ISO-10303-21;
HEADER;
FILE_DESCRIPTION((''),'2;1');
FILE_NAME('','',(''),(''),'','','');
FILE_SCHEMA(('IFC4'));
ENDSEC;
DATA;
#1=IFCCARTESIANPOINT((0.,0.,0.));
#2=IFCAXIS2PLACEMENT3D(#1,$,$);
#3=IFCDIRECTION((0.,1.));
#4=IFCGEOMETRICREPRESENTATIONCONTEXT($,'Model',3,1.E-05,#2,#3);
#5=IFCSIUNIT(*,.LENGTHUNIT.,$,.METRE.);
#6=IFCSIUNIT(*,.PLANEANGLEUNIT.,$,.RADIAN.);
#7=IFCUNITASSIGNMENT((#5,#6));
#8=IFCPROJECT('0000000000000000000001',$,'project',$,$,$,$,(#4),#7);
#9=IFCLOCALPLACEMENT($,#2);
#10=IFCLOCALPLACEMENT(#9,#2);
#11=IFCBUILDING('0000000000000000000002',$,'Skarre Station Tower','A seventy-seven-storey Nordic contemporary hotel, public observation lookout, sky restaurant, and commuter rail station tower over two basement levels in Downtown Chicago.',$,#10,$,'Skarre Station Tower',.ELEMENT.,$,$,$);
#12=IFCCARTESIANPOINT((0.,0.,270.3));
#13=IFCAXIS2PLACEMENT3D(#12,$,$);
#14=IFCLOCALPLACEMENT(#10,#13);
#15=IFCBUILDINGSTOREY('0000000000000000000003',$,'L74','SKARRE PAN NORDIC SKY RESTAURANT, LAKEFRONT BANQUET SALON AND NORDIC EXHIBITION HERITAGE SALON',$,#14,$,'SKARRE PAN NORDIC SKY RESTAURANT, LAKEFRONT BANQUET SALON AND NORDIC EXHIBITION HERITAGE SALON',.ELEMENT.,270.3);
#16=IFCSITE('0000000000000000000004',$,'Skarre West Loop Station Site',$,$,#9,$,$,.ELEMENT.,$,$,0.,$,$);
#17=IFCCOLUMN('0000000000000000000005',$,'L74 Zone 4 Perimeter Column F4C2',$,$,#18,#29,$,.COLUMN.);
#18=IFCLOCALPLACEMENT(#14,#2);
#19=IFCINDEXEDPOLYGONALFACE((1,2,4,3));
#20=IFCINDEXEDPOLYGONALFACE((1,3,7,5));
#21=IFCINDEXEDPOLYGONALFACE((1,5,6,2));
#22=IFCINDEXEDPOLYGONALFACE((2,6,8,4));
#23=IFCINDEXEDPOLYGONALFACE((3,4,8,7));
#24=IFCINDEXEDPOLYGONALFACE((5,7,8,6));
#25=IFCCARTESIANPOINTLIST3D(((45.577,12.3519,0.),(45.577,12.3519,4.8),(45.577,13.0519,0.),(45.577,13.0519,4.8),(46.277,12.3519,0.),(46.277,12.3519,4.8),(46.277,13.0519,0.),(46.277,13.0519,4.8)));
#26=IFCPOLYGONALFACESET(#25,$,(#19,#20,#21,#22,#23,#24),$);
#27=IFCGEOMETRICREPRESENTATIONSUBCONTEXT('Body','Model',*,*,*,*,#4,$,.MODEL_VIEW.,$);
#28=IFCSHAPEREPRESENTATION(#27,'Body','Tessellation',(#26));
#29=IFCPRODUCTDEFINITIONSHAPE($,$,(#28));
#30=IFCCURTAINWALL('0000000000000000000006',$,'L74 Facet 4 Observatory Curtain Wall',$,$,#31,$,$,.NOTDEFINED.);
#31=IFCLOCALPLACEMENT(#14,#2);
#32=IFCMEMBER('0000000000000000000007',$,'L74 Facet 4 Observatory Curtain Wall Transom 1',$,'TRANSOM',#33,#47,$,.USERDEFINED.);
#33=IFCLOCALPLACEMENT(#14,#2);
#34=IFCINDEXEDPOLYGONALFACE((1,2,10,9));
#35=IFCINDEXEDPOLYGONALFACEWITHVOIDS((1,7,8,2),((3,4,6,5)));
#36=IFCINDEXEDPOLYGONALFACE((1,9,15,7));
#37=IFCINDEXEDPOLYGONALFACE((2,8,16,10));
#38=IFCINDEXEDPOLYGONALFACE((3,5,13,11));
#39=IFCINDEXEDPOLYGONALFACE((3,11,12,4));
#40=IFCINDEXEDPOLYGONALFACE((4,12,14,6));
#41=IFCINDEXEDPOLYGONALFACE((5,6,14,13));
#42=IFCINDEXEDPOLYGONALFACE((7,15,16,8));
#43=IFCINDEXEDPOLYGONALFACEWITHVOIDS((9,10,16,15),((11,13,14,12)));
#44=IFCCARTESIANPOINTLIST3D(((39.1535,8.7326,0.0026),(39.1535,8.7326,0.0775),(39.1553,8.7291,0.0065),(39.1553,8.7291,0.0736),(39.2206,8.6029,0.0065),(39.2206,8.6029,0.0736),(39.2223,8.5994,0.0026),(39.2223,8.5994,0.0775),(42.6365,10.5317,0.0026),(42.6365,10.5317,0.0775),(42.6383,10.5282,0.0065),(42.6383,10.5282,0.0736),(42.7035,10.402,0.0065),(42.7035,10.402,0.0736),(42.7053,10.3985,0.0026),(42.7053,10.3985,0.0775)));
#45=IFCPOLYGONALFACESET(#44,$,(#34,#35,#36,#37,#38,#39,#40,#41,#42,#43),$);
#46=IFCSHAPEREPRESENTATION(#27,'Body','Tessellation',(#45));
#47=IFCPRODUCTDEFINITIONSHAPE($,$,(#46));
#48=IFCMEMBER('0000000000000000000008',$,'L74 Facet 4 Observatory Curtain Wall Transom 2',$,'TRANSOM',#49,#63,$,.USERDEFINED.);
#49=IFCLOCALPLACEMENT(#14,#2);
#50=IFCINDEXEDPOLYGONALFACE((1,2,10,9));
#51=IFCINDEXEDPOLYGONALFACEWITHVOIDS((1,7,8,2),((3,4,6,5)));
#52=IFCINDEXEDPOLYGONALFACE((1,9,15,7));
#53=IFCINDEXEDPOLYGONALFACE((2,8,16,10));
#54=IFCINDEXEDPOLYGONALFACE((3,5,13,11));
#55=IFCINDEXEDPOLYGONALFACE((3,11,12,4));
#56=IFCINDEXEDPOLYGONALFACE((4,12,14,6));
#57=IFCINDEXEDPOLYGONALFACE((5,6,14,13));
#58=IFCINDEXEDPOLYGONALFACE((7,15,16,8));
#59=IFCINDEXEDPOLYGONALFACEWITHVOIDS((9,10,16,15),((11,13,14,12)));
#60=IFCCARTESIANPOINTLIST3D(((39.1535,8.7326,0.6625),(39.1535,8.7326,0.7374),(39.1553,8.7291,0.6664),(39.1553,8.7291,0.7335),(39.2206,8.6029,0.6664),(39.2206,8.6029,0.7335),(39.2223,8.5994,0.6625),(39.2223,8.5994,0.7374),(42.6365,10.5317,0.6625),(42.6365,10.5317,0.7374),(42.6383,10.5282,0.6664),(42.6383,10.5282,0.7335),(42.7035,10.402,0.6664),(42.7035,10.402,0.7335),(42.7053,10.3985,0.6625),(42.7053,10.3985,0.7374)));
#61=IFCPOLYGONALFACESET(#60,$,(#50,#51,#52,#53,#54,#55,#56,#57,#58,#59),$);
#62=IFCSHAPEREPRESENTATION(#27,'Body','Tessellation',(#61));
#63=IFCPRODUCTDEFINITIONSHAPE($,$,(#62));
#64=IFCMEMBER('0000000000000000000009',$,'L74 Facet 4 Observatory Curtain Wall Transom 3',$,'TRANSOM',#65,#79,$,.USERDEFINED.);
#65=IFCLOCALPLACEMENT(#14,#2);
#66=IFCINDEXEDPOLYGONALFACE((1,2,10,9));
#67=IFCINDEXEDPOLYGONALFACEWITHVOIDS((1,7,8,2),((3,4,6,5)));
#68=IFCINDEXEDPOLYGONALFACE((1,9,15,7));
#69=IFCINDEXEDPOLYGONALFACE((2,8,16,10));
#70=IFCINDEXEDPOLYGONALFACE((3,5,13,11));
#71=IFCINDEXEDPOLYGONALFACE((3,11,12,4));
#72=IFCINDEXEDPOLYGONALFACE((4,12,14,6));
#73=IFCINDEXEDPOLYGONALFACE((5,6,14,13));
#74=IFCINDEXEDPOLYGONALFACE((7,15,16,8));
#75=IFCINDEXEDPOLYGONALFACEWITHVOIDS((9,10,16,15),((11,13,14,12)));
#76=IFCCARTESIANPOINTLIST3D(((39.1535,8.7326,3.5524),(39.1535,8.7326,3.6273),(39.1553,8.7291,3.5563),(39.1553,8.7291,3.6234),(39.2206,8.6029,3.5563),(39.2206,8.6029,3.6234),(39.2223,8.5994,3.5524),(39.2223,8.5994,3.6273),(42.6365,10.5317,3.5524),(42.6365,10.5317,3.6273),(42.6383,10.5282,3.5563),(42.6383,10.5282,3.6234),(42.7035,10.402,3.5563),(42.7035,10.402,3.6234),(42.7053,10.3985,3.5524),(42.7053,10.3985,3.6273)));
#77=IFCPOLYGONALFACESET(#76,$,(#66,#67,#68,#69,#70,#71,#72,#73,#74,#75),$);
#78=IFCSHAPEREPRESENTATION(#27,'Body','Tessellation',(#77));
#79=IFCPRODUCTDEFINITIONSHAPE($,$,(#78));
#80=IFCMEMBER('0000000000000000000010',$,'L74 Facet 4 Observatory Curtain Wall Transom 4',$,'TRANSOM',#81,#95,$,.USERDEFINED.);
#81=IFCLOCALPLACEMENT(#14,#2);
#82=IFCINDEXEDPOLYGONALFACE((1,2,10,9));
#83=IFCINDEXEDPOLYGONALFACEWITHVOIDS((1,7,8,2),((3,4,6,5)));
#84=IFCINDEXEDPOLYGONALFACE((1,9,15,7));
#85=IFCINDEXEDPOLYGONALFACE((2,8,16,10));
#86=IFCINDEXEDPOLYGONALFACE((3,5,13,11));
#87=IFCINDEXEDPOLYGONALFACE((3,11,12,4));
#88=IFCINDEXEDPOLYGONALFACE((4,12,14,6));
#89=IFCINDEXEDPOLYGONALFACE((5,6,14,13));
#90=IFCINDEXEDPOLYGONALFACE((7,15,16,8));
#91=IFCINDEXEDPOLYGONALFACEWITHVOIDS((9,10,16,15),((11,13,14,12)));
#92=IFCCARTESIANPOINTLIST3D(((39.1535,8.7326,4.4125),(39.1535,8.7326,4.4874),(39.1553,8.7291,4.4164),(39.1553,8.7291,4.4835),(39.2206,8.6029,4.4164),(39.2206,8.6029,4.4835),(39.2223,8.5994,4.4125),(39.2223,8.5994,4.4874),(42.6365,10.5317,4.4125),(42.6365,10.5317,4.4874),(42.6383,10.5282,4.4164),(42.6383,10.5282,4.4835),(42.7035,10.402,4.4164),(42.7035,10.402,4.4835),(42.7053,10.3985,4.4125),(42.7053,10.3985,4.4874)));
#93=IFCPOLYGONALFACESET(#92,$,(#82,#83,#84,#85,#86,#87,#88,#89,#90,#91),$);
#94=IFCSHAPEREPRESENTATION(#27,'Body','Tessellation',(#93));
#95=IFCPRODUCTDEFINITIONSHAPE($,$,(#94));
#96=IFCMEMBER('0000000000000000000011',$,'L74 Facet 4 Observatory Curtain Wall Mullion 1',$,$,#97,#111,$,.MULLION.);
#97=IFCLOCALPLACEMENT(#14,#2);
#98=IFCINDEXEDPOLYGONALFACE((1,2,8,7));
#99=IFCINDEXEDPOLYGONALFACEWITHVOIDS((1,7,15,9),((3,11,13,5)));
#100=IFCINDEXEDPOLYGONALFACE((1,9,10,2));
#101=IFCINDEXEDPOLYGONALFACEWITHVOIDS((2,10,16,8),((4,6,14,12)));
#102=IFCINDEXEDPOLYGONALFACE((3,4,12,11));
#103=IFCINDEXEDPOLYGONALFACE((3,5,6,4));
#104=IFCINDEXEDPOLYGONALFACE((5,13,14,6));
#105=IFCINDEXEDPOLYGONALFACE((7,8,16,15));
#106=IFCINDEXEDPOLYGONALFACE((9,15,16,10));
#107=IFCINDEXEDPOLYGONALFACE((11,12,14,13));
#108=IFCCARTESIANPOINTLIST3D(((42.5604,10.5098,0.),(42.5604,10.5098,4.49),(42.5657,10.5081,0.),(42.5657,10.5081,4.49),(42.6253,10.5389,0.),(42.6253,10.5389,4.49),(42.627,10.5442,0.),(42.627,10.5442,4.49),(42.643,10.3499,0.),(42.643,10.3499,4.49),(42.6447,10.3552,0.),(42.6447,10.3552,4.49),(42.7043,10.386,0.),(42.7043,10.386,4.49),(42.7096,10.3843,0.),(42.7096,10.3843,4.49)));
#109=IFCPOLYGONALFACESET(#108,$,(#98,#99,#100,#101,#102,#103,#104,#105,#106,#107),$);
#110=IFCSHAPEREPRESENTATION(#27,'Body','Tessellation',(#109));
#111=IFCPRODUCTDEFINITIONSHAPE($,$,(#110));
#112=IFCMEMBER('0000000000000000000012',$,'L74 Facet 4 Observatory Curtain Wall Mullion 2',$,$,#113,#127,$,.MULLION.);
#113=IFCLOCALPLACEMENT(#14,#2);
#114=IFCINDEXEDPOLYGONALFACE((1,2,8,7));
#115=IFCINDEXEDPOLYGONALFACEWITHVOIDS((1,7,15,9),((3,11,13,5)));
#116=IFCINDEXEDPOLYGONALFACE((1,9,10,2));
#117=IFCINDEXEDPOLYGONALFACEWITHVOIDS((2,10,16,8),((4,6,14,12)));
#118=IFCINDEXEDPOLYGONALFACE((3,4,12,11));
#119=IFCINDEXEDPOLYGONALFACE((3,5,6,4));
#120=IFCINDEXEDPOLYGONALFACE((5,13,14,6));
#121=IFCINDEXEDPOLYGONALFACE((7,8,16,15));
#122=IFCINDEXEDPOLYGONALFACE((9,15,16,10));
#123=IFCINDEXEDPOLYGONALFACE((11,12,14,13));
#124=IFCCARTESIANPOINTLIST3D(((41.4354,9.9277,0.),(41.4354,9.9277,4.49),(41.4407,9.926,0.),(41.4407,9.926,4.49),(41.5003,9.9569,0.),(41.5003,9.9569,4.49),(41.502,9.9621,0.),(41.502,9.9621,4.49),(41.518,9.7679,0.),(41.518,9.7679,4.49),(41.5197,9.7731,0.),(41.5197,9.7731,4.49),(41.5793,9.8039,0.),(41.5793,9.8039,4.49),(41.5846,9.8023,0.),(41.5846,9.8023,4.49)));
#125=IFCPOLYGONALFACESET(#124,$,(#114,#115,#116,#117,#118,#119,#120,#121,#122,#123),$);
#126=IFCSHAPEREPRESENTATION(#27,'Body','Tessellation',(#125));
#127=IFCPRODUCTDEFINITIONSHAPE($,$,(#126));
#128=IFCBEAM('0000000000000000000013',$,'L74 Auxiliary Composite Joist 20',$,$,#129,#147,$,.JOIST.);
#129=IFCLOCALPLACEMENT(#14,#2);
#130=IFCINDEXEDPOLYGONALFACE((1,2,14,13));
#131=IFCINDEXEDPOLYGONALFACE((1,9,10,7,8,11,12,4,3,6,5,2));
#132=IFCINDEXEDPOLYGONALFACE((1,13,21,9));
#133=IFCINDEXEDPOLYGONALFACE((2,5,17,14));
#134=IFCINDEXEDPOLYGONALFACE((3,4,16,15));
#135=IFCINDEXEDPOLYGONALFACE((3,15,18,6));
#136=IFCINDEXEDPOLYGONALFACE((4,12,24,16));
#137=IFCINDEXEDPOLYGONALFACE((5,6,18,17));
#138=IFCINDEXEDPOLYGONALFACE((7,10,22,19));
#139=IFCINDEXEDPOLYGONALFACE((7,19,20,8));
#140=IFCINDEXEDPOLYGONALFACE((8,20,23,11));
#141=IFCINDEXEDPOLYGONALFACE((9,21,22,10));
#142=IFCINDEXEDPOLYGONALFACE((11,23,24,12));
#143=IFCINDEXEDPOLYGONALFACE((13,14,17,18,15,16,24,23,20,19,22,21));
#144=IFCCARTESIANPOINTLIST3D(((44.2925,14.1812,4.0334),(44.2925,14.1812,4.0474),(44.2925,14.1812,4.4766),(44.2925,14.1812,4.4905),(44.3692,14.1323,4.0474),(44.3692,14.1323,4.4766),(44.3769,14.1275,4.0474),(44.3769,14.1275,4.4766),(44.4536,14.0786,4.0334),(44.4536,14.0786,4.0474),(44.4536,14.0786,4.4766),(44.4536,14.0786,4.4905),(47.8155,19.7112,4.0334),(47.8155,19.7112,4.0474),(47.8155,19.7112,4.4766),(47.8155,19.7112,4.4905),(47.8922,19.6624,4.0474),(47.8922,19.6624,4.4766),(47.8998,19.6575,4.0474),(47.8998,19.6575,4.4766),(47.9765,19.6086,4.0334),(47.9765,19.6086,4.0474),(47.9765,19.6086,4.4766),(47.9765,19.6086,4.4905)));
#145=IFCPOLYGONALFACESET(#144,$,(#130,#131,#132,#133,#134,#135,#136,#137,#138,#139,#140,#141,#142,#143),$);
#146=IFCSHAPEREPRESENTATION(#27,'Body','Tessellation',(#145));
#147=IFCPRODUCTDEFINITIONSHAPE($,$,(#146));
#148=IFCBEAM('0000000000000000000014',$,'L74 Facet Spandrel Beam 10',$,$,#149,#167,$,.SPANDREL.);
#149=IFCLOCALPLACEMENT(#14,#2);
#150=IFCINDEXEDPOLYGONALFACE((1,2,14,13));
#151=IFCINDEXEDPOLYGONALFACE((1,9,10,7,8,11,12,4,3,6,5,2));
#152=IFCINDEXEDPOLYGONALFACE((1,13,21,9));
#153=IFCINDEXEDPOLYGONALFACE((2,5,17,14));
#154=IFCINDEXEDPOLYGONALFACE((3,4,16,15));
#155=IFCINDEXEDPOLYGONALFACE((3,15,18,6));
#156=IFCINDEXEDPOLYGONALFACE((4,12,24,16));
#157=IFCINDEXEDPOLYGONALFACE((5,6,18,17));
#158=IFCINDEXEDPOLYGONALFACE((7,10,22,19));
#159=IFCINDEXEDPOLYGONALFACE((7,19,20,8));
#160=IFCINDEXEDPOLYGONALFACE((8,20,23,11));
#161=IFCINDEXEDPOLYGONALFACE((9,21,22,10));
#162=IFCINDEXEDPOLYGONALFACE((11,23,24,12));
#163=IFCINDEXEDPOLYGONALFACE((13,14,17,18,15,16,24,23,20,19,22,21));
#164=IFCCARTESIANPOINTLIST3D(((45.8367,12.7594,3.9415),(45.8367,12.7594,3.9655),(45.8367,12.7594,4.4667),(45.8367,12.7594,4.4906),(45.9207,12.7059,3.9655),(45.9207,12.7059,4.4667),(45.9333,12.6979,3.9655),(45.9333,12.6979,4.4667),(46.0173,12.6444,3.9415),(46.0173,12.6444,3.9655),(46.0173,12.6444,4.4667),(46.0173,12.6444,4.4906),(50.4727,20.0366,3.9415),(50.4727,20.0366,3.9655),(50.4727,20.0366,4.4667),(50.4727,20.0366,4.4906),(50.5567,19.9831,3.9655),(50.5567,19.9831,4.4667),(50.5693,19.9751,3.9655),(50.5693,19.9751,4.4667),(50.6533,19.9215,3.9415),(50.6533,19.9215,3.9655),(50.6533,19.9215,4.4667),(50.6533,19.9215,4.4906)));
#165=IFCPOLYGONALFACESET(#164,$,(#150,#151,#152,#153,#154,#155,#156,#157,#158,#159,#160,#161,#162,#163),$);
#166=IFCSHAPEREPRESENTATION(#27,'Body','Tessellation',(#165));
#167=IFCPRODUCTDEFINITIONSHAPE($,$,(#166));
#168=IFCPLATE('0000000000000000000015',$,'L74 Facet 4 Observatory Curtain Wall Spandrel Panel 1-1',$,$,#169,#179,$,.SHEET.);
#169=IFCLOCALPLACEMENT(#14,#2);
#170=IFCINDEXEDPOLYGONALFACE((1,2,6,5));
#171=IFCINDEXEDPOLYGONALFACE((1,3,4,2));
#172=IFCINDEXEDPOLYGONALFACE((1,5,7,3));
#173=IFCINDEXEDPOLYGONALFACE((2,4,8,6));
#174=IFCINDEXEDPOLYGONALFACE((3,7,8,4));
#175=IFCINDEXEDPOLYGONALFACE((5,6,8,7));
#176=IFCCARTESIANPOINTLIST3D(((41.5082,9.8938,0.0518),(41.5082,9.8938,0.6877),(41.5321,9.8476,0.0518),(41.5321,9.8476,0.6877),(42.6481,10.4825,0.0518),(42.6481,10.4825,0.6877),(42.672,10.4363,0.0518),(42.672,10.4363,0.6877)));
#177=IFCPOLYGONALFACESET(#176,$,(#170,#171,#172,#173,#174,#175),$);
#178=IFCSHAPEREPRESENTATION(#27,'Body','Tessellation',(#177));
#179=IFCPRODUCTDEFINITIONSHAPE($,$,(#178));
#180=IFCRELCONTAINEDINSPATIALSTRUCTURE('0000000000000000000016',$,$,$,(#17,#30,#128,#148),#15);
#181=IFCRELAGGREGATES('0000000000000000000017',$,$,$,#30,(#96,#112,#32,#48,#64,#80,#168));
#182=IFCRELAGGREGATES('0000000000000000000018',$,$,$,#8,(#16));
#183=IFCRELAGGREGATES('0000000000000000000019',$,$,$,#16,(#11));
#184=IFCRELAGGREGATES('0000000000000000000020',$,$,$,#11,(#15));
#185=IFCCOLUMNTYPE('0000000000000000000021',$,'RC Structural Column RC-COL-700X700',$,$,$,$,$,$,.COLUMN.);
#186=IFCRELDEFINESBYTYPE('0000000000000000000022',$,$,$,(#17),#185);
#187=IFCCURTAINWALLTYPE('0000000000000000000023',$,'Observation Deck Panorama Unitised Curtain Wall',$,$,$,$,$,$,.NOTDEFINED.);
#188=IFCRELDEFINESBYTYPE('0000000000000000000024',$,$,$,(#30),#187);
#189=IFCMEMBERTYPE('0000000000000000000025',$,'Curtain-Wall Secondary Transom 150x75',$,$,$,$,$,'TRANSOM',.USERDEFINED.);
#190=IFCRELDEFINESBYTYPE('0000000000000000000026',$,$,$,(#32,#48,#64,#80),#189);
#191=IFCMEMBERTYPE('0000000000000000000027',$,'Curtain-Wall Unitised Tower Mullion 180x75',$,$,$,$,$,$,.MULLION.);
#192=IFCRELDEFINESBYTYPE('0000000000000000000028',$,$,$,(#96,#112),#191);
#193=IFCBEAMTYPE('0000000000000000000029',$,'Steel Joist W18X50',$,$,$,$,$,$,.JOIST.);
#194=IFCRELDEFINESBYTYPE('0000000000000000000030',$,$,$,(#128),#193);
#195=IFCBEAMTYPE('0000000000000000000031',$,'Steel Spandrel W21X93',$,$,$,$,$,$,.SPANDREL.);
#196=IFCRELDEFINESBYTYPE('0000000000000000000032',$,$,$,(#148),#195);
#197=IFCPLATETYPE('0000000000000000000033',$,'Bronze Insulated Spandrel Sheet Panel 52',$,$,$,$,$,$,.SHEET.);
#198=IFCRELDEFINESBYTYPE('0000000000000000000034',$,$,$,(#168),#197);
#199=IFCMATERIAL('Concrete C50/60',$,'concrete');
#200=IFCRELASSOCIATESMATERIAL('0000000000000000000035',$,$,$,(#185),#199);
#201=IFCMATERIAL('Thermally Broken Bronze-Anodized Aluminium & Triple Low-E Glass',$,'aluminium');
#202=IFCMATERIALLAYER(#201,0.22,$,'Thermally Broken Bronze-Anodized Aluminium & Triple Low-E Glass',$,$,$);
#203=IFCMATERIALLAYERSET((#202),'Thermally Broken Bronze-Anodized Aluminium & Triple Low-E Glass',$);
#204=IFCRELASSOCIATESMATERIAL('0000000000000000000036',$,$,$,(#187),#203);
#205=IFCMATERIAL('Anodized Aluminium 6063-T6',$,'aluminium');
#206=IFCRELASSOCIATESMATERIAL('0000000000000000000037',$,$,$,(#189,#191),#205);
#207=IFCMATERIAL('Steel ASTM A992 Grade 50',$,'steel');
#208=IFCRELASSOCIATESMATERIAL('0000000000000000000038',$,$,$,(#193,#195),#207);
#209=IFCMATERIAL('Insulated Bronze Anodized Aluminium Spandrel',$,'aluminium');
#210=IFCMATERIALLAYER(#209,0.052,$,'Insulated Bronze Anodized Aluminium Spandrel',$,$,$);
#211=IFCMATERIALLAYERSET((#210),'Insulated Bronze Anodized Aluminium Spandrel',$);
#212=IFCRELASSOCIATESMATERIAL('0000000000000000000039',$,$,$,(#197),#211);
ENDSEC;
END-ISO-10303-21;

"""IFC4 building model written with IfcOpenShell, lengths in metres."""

from ifc_helpers import new_model, si_unit, direction, frame, origin, origin_2d, place, context, subcontext, project, spatial, rectangle, hollow_rectangle, i_section, extrude, material, layer, layer_set, material_profile, profile_set, type_object, element, aggregate, save


model = new_model("IFC4")

# Units and contexts
model_context = context("Model", 3, precision=1e-05, world=origin(), true_north=direction((0.0, 1.0)))
body_context = subcontext(model_context, "Body", "Model", "MODEL_VIEW")
ifc_project = project(units=[si_unit("LENGTHUNIT", "METRE"), si_unit("PLANEANGLEUNIT", "RADIAN")], contexts=[model_context])

# Site, building, storey
site_placement = place(None, origin())
site = spatial("IfcSite", under=ifc_project, at=site_placement, Name="Skarre West Loop Station Site", CompositionType="ELEMENT", RefElevation=0.0)
building_placement = place(site_placement, origin())
building = spatial("IfcBuilding", under=site, at=building_placement, Name="Skarre Station Tower", Description="A seventy-seven-storey Nordic contemporary hotel, public observation lookout, sky restaurant, and commuter rail station tower over two basement levels in Downtown Chicago.", LongName="Skarre Station Tower", CompositionType="ELEMENT")
storey_placement = place(building_placement, frame((0.0, 0.0, 270.3)))
storey = spatial("IfcBuildingStorey", under=building, at=storey_placement, Name="L74", Description="SKARRE PAN NORDIC SKY RESTAURANT, LAKEFRONT BANQUET SALON AND NORDIC EXHIBITION HERITAGE SALON", LongName="SKARRE PAN NORDIC SKY RESTAURANT, LAKEFRONT BANQUET SALON AND NORDIC EXHIBITION HERITAGE SALON", CompositionType="ELEMENT", Elevation=270.3)

# Column
ifc_material_1 = material(Name="Concrete C50/60", Category="concrete")
ifc_material_profile_1 = material_profile(ifc_material_1, rectangle(XDim=0.7, YDim=0.7, at=origin_2d()), Name="Concrete C50/60")
ifc_profile_set_1 = profile_set([ifc_material_profile_1], Name="Concrete C50/60")
column_type = type_object("IfcColumnType", Name="RC Structural Column RC-COL-700X700", PredefinedType="COLUMN", material=ifc_profile_set_1)
column_placement = place(storey_placement, frame((45.927, 12.7019, 0.0), z_axis=(0.0, 0.0, 1.0), x_axis=(1.0, 0.0, 0.0)))
element("IfcColumn", 1, at=column_placement, inside=storey, type_object=column_type, Name="L74 Zone 4 Perimeter Column F4C2", PredefinedType="COLUMN", context=body_context, shape_type="SweptSolid", body=[
    extrude(rectangle(XDim=0.7, YDim=0.7, at=origin_2d()), origin(), (0.0, 0.0, 1.0), 4.8),
])

# Curtain wall, members
ifc_material_2 = material(Name="Thermally Broken Bronze-Anodized Aluminium & Triple Low-E Glass", Category="aluminium")
ifc_layer_1 = layer(ifc_material_2, 0.22, Name="Thermally Broken Bronze-Anodized Aluminium & Triple Low-E Glass")
ifc_layer_set_1 = layer_set([ifc_layer_1], Name="Thermally Broken Bronze-Anodized Aluminium & Triple Low-E Glass")
curtain_wall_type = type_object("IfcCurtainWallType", Name="Observation Deck Panorama Unitised Curtain Wall", PredefinedType="NOTDEFINED", material=ifc_layer_set_1)
curtain_wall_placement = place(storey_placement, origin())
curtain_wall = element("IfcCurtainWall", 2, at=curtain_wall_placement, inside=storey, type_object=curtain_wall_type, Name="L74 Facet 4 Observatory Curtain Wall", PredefinedType="NOTDEFINED")
ifc_material_3 = material(Name="Anodized Aluminium 6063-T6", Category="aluminium")
ifc_material_profile_2 = material_profile(ifc_material_3, hollow_rectangle(XDim=0.075, YDim=0.1499, WallThickness=0.0039, at=origin_2d()), Name="Anodized Aluminium 6063-T6")
ifc_profile_set_2 = profile_set([ifc_material_profile_2], Name="Anodized Aluminium 6063-T6")
member_type_1 = type_object("IfcMemberType", Name="Curtain-Wall Secondary Transom 150x75", ElementType="TRANSOM", PredefinedType="USERDEFINED", material=ifc_profile_set_2)
member_1_placement = place(storey_placement, frame((42.6709, 10.4651, 0.04), z_axis=(-0.888471, -0.458933, 0.0), x_axis=(0.0, 0.0, 1.0)))
member_1 = element("IfcMember", 3, at=member_1_placement, type_object=member_type_1, Name="L74 Facet 4 Observatory Curtain Wall Transom 1", ObjectType="TRANSOM", PredefinedType="USERDEFINED", context=body_context, shape_type="SweptSolid", body=[
    extrude(hollow_rectangle(XDim=0.075, YDim=0.1499, WallThickness=0.0039, at=origin_2d()), origin(), (0.0, 0.0, 1.0), 3.9202),
])
member_2_placement = place(storey_placement, frame((42.6709, 10.4651, 0.7), z_axis=(-0.888471, -0.458933, 0.0), x_axis=(0.0, 0.0, 1.0)))
member_2 = element("IfcMember", 4, at=member_2_placement, type_object=member_type_1, Name="L74 Facet 4 Observatory Curtain Wall Transom 2", ObjectType="TRANSOM", PredefinedType="USERDEFINED", context=body_context, shape_type="SweptSolid", body=[
    extrude(hollow_rectangle(XDim=0.075, YDim=0.1499, WallThickness=0.0039, at=origin_2d()), origin(), (0.0, 0.0, 1.0), 3.9202),
])
member_3_placement = place(storey_placement, frame((42.6709, 10.4651, 3.5898), z_axis=(-0.888471, -0.458933, 0.0), x_axis=(0.0, 0.0, 1.0)))
member_3 = element("IfcMember", 5, at=member_3_placement, type_object=member_type_1, Name="L74 Facet 4 Observatory Curtain Wall Transom 3", ObjectType="TRANSOM", PredefinedType="USERDEFINED", context=body_context, shape_type="SweptSolid", body=[
    extrude(hollow_rectangle(XDim=0.075, YDim=0.1499, WallThickness=0.0039, at=origin_2d()), origin(), (0.0, 0.0, 1.0), 3.9202),
])
member_4_placement = place(storey_placement, frame((42.6709, 10.4651, 4.45), z_axis=(-0.888471, -0.458933, 0.0), x_axis=(0.0, 0.0, 1.0)))
member_4 = element("IfcMember", 6, at=member_4_placement, type_object=member_type_1, Name="L74 Facet 4 Observatory Curtain Wall Transom 4", ObjectType="TRANSOM", PredefinedType="USERDEFINED", context=body_context, shape_type="SweptSolid", body=[
    extrude(hollow_rectangle(XDim=0.075, YDim=0.1499, WallThickness=0.0039, at=origin_2d()), origin(), (0.0, 0.0, 1.0), 3.9202),
])
ifc_material_profile_3 = material_profile(ifc_material_3, hollow_rectangle(XDim=0.075, YDim=0.1799, WallThickness=0.0039, at=origin_2d()), Name="Anodized Aluminium 6063-T6")
ifc_profile_set_3 = profile_set([ifc_material_profile_3], Name="Anodized Aluminium 6063-T6")
member_type_2 = type_object("IfcMemberType", Name="Curtain-Wall Unitised Tower Mullion 180x75", PredefinedType="MULLION", material=ifc_profile_set_3)
member_5_placement = place(storey_placement, frame((42.635, 10.447, 0.0), z_axis=(0.0, 0.0, 1.0), x_axis=(-0.888481, -0.458913, 0.0)))
member_5 = element("IfcMember", 7, at=member_5_placement, type_object=member_type_2, Name="L74 Facet 4 Observatory Curtain Wall Mullion 1", PredefinedType="MULLION", context=body_context, shape_type="SweptSolid", body=[
    extrude(hollow_rectangle(XDim=0.075, YDim=0.1799, WallThickness=0.0039, at=origin_2d()), origin(), (0.0, 0.0, 1.0), 4.49),
])
member_6_placement = place(storey_placement, frame((41.51, 9.865, 0.0), z_axis=(0.0, 0.0, 1.0), x_axis=(-0.888481, -0.458913, 0.0)))
member_6 = element("IfcMember", 8, at=member_6_placement, type_object=member_type_2, Name="L74 Facet 4 Observatory Curtain Wall Mullion 2", PredefinedType="MULLION", context=body_context, shape_type="SweptSolid", body=[
    extrude(hollow_rectangle(XDim=0.075, YDim=0.1799, WallThickness=0.0039, at=origin_2d()), origin(), (0.0, 0.0, 1.0), 4.49),
])

# Beams
ifc_material_4 = material(Name="Steel ASTM A992 Grade 50", Category="steel")
ifc_material_profile_4 = material_profile(ifc_material_4, i_section(OverallWidth=0.1909, OverallDepth=0.457, WebThickness=0.009, FlangeThickness=0.0139, at=origin_2d()), Name="Steel ASTM A992 Grade 50")
ifc_profile_set_4 = profile_set([ifc_material_profile_4], Name="Steel ASTM A992 Grade 50")
beam_type_1 = type_object("IfcBeamType", Name="Steel Joist W18X50", PredefinedType="JOIST", material=ifc_profile_set_4)
beam_1_placement = place(storey_placement, frame((44.373, 14.1299, 4.262), z_axis=(0.537292, 0.843396, 0.0), x_axis=(-0.843396, 0.537292, 0.0)))
element("IfcBeam", 9, at=beam_1_placement, inside=storey, type_object=beam_type_1, Name="L74 Auxiliary Composite Joist 20", PredefinedType="JOIST", context=body_context, shape_type="SweptSolid", body=[
    extrude(i_section(OverallWidth=0.1909, OverallDepth=0.457, WebThickness=0.009, FlangeThickness=0.0139, at=origin_2d()), origin(), (0.0, 0.0, 1.0), 6.5569),
])
ifc_material_profile_5 = material_profile(ifc_material_4, i_section(OverallWidth=0.2141, OverallDepth=0.5491, WebThickness=0.0149, FlangeThickness=0.0239, at=origin_2d()), Name="Steel ASTM A992 Grade 50")
ifc_profile_set_5 = profile_set([ifc_material_profile_5], Name="Steel ASTM A992 Grade 50")
beam_type_2 = type_object("IfcBeamType", Name="Steel Spandrel W21X93", PredefinedType="SPANDREL", material=ifc_profile_set_5)
beam_2_placement = place(storey_placement, frame((45.927, 12.7019, 4.2161), z_axis=(0.537297, 0.843393, 0.0), x_axis=(-0.843393, 0.537297, 0.0)))
element("IfcBeam", 10, at=beam_2_placement, inside=storey, type_object=beam_type_2, Name="L74 Facet Spandrel Beam 10", PredefinedType="SPANDREL", context=body_context, shape_type="SweptSolid", body=[
    extrude(i_section(OverallWidth=0.2141, OverallDepth=0.5491, WebThickness=0.0149, FlangeThickness=0.0239, at=origin_2d()), origin(), (0.0, 0.0, 1.0), 8.6284),
])

# Plate
ifc_material_5 = material(Name="Insulated Bronze Anodized Aluminium Spandrel", Category="aluminium")
ifc_layer_2 = layer(ifc_material_5, 0.052, Name="Insulated Bronze Anodized Aluminium Spandrel")
ifc_layer_set_2 = layer_set([ifc_layer_2], Name="Insulated Bronze Anodized Aluminium Spandrel")
plate_type_1 = type_object("IfcPlateType", Name="Bronze Insulated Spandrel Sheet Panel 52", PredefinedType="SHEET", material=ifc_layer_set_2)
plate_1_placement = place(storey_placement, frame((42.0901, 10.165, 0.0518), z_axis=(0.0, 0.0, 1.0), x_axis=(-0.888481, -0.458913, 0.0)))
plate_1 = element("IfcPlate", 11, at=plate_1_placement, type_object=plate_type_1, Name="L74 Facet 4 Observatory Curtain Wall Spandrel Panel 1-1", PredefinedType="SHEET", context=body_context, shape_type="SweptSolid", body=[
    extrude(rectangle(XDim=1.283, YDim=0.052, at=origin_2d()), origin(), (0.0, 0.0, 1.0), 0.636),
])
aggregate(curtain_wall, [member_5, member_6, member_1, member_2, member_3, member_4, plate_1])

save(model, "model.ifc")
